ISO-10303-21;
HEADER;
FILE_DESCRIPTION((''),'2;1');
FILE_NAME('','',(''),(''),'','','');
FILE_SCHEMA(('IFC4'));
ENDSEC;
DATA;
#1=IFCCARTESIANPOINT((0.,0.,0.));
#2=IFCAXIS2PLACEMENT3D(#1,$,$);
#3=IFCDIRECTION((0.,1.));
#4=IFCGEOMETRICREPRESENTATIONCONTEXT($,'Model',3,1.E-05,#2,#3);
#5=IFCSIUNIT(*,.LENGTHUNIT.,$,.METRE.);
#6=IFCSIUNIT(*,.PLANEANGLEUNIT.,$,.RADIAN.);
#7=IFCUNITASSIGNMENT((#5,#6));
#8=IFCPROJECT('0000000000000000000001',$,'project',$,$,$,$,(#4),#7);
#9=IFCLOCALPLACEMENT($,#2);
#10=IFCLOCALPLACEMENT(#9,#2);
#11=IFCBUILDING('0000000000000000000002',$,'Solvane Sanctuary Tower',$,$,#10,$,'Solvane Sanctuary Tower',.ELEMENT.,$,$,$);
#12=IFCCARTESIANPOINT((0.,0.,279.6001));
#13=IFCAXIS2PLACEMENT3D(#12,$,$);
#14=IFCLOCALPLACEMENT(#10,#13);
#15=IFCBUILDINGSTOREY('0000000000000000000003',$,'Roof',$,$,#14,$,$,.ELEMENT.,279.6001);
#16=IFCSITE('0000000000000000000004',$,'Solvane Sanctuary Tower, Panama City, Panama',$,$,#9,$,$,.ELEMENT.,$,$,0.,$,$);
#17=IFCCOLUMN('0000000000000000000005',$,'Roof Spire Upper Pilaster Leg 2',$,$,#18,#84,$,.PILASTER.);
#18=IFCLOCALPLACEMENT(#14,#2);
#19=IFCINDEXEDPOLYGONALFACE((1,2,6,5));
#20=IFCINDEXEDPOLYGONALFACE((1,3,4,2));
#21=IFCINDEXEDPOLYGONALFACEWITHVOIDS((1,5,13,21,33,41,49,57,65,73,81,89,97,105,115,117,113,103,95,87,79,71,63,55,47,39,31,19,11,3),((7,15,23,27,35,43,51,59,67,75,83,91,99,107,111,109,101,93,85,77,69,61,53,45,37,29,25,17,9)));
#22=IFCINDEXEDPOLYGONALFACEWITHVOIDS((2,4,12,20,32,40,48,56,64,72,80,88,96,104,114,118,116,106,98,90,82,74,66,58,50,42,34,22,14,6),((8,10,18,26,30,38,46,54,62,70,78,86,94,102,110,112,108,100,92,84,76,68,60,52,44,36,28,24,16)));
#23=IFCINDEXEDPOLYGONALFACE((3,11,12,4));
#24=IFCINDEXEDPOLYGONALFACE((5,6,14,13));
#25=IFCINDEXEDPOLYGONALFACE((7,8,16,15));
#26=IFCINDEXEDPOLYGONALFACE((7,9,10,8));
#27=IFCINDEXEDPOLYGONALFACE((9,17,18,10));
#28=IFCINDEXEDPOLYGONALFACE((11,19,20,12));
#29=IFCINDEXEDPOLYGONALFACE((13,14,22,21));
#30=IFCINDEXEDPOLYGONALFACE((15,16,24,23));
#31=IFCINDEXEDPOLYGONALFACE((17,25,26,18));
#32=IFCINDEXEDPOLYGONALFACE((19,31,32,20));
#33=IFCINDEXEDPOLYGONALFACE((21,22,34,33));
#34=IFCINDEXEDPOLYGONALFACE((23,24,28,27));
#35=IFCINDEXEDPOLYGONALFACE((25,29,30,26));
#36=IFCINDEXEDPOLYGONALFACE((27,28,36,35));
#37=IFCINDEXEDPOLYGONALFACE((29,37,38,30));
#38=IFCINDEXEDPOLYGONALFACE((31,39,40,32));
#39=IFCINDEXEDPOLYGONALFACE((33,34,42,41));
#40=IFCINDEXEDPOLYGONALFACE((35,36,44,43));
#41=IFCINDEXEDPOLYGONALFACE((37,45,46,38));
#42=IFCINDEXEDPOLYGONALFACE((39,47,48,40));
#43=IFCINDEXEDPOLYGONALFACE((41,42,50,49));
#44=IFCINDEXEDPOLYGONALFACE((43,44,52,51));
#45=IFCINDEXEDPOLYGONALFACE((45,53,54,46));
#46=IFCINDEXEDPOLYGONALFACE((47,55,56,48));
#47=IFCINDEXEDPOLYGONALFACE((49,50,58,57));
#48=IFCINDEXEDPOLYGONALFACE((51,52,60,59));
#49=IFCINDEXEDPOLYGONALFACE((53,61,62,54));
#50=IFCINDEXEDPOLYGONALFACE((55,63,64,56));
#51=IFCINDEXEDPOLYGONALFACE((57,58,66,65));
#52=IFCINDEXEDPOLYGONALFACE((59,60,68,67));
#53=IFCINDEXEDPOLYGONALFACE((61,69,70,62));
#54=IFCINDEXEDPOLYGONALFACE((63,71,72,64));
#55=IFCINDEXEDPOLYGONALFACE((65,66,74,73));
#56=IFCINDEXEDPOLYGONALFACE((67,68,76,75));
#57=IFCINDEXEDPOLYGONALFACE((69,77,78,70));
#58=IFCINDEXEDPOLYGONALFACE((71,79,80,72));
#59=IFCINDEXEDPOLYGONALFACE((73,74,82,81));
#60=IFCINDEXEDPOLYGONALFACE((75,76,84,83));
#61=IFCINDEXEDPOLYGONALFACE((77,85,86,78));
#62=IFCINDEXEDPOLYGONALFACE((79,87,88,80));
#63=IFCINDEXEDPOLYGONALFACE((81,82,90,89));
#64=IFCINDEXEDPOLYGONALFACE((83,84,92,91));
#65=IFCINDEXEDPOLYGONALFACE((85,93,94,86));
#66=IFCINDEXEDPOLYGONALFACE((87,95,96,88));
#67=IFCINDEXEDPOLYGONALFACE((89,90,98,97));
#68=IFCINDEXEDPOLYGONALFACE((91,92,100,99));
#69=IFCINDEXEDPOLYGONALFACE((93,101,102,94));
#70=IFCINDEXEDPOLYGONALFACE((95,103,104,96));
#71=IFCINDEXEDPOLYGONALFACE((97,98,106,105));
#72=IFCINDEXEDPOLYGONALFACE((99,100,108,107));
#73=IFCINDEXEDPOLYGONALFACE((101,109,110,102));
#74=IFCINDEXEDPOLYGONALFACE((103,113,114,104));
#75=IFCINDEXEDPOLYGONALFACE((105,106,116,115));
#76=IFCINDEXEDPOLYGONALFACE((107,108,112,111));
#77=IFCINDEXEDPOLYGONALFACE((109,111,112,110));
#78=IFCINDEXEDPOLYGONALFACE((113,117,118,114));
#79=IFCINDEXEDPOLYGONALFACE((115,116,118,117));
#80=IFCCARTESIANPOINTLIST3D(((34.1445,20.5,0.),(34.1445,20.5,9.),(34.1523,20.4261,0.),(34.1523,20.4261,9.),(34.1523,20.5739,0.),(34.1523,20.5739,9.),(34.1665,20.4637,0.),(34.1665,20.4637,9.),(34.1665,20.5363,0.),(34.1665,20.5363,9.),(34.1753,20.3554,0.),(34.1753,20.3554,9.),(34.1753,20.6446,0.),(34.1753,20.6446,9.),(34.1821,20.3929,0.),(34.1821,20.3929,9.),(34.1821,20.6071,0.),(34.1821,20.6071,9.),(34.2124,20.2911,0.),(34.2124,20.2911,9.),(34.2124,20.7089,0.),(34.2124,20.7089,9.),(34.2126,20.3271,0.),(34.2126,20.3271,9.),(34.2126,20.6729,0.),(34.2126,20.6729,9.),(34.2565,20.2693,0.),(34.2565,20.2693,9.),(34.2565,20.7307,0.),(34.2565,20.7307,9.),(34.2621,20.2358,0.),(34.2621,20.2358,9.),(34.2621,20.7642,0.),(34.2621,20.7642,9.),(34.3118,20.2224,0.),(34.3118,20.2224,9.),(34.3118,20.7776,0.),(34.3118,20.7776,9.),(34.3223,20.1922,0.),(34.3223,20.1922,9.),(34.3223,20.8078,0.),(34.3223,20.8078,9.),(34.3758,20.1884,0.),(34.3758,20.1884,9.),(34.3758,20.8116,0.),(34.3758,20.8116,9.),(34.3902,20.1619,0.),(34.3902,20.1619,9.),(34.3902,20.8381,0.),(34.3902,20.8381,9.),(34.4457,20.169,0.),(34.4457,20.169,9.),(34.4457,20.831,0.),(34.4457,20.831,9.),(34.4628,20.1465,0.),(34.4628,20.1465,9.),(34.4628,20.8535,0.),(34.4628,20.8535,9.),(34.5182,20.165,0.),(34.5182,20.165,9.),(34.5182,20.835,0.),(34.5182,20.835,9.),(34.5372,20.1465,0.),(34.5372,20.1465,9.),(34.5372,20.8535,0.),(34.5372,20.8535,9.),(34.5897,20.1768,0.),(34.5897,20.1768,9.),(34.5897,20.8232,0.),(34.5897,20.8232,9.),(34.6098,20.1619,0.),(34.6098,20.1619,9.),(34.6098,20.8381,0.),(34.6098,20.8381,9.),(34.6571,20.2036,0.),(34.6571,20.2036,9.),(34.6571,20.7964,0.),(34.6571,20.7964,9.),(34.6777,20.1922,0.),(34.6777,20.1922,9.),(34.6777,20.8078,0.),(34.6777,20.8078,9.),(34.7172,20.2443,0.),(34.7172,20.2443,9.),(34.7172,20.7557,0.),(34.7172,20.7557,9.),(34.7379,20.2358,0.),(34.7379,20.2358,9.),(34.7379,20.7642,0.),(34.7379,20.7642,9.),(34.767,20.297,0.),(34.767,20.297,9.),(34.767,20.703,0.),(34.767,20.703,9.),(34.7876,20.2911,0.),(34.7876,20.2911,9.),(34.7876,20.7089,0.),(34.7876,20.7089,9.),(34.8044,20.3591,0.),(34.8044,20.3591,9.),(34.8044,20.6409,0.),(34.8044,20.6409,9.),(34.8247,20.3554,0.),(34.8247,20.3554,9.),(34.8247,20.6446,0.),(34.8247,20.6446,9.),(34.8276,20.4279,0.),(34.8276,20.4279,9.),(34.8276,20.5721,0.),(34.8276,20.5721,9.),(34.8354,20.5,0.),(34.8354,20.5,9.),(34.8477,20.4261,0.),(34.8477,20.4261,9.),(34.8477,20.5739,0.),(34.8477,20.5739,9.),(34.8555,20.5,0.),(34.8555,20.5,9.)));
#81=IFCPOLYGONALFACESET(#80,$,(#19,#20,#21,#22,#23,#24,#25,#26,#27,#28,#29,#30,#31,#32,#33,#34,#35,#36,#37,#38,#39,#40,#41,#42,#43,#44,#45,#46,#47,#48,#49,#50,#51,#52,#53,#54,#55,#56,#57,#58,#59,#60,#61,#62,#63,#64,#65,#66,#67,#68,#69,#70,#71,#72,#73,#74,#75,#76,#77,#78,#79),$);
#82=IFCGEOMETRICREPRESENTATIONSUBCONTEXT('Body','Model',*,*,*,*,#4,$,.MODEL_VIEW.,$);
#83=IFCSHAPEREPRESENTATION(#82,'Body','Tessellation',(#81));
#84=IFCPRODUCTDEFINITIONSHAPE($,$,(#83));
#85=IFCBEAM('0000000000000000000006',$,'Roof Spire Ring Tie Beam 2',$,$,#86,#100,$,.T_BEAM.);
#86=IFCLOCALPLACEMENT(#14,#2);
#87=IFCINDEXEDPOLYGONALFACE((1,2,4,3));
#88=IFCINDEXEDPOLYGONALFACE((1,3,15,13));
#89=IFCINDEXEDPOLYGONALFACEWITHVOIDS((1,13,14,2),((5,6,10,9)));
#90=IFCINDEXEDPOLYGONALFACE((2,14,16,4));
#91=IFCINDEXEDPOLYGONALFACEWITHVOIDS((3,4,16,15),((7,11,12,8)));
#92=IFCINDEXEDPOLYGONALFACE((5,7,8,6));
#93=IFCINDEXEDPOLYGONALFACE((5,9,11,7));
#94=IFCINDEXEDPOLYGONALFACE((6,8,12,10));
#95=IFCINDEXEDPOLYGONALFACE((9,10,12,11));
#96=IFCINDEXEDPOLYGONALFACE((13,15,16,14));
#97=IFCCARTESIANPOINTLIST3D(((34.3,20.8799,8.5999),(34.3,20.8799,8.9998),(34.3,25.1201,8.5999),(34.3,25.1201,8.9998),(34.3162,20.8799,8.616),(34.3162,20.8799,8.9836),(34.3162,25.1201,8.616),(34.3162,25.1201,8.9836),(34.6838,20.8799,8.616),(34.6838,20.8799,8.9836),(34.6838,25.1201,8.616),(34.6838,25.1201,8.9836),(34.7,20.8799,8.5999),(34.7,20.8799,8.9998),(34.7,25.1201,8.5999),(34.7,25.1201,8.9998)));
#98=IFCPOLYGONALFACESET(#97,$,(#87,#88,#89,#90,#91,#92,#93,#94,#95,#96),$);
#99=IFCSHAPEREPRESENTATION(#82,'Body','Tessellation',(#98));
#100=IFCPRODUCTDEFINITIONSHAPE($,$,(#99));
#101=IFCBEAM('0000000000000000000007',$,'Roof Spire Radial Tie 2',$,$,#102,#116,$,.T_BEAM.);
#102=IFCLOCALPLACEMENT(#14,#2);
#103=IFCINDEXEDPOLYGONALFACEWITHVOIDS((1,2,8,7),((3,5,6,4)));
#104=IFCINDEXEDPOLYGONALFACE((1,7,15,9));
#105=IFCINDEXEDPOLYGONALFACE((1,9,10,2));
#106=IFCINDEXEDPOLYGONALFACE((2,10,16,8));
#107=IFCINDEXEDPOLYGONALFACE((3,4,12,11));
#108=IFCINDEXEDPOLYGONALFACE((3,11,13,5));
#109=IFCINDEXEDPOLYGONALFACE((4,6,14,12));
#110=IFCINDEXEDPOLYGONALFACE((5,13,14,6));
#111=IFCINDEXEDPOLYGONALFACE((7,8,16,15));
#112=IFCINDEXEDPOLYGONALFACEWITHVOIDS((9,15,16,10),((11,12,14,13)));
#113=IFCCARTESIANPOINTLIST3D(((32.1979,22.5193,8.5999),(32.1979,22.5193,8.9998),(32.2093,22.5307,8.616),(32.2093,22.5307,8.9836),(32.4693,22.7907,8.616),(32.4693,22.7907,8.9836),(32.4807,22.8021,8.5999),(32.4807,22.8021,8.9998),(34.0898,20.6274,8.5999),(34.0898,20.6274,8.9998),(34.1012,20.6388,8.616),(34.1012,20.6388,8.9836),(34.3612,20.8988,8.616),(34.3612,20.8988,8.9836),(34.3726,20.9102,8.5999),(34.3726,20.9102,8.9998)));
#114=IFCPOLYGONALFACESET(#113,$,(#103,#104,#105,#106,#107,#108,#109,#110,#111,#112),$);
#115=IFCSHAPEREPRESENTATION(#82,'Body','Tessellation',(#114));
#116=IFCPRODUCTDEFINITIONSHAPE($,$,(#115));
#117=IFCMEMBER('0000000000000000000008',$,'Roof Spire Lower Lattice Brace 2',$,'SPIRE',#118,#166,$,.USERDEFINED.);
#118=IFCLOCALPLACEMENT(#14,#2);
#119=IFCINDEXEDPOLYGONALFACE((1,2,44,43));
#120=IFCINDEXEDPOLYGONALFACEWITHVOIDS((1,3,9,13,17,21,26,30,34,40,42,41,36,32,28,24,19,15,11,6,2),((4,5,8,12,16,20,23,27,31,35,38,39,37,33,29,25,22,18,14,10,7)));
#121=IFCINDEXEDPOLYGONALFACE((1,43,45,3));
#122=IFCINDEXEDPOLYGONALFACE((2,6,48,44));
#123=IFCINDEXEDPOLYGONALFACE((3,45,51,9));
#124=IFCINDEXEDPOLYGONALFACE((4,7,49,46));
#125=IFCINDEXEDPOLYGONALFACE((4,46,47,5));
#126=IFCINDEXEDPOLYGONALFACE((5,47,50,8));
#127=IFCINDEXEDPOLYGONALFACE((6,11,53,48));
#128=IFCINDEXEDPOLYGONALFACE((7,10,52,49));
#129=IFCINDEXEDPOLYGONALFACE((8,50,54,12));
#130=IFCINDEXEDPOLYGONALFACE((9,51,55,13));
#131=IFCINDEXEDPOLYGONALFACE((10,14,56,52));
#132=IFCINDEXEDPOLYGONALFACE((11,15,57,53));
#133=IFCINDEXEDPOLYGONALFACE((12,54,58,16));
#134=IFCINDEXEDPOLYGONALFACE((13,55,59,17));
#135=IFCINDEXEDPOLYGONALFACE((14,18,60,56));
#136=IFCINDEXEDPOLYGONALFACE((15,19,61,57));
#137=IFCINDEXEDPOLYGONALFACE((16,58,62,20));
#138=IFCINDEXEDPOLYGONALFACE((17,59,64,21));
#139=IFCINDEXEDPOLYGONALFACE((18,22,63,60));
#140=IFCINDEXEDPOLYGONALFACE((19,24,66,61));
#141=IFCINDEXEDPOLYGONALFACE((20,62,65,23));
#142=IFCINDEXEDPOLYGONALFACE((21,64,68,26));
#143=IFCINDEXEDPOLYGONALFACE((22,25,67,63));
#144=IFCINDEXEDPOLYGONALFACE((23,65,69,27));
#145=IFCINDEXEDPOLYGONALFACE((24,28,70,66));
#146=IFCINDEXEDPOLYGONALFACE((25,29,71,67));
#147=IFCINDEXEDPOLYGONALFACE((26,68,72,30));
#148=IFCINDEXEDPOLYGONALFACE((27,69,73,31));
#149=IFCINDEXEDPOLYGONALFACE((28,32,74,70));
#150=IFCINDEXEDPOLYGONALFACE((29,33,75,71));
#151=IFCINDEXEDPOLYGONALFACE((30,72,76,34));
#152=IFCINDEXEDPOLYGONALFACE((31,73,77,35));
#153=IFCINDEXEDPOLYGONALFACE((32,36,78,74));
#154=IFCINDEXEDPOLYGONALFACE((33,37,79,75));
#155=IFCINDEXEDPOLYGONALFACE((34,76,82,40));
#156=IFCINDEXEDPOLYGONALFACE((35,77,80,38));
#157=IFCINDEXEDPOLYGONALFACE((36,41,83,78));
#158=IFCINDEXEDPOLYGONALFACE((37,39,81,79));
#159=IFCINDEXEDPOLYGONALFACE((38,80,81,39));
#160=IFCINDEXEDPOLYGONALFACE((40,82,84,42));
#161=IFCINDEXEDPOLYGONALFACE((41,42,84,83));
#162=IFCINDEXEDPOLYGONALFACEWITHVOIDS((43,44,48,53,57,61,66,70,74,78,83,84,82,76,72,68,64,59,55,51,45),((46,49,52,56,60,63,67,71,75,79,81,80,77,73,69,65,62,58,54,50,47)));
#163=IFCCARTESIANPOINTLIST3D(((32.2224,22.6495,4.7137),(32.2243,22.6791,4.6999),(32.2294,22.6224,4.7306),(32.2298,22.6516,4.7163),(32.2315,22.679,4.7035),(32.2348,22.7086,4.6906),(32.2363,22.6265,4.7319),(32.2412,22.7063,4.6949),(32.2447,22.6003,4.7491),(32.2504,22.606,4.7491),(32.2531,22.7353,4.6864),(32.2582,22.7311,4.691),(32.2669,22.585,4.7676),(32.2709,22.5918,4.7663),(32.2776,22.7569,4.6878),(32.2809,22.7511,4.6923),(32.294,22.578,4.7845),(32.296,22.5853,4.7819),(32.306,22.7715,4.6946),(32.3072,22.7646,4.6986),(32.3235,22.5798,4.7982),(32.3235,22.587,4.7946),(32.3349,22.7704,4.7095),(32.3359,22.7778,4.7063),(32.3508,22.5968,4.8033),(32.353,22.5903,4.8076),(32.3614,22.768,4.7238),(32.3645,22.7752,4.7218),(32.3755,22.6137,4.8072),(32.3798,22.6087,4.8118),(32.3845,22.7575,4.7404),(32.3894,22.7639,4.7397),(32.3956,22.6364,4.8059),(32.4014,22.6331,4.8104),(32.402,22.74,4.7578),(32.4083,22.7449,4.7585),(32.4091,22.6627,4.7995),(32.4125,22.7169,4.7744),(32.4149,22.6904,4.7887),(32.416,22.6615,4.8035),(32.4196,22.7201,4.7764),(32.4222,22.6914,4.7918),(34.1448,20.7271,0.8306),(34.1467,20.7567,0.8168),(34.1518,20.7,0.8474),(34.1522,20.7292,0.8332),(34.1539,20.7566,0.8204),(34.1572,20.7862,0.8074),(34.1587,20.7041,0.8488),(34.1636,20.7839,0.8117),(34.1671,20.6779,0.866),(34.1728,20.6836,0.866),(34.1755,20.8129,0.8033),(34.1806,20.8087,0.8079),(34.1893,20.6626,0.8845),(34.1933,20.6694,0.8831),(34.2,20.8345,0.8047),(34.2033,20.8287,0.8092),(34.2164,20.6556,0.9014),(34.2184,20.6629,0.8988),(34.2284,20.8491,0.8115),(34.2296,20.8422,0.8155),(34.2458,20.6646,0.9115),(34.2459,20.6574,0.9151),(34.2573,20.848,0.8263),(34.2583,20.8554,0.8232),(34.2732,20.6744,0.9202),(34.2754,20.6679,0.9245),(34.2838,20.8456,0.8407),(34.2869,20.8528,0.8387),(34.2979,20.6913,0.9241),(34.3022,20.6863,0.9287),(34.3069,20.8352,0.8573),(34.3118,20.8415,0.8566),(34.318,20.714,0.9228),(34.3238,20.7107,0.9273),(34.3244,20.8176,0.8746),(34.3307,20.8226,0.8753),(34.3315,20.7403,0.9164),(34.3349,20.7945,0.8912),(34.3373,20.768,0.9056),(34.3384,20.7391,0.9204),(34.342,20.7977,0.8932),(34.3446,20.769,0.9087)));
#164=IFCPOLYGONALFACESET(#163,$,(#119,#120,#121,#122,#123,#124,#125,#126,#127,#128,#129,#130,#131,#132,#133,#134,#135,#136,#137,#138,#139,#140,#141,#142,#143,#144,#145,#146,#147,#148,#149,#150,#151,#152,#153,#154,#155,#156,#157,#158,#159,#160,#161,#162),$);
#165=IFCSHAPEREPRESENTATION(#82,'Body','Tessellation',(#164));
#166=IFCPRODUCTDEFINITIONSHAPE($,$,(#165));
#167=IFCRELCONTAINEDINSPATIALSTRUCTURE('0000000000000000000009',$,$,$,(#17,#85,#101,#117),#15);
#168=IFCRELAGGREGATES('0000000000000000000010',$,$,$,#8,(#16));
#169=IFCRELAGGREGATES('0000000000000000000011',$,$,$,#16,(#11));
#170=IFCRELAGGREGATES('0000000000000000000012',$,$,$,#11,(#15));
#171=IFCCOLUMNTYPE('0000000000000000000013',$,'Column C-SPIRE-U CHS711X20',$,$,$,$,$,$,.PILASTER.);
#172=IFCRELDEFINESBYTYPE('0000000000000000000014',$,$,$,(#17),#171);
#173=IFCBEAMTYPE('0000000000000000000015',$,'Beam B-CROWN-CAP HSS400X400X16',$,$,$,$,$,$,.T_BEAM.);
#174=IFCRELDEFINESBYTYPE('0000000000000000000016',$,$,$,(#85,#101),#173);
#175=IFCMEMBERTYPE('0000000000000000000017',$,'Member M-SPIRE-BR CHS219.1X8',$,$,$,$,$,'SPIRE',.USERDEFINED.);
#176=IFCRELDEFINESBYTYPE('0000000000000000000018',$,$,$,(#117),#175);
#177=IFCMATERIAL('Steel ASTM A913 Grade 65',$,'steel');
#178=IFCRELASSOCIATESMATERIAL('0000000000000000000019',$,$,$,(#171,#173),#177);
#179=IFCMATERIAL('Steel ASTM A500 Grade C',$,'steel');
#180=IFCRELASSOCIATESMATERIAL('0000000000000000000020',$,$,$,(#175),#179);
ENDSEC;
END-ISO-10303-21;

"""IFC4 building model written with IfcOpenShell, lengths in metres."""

from ifc_helpers import new_model, si_unit, direction, frame, origin, origin_2d, place, context, subcontext, project, spatial, hollow_rectangle, hollow_circle, extrude, material, material_profile, profile_set, type_object, element, save


model = new_model("IFC4")

# Units and contexts
model_context = context("Model", 3, precision=1e-05, world=origin(), true_north=direction((0.0, 1.0)))
body_context = subcontext(model_context, "Body", "Model", "MODEL_VIEW")
ifc_project = project(units=[si_unit("LENGTHUNIT", "METRE"), si_unit("PLANEANGLEUNIT", "RADIAN")], contexts=[model_context])

# Site, building, storey
site_placement = place(None, origin())
site = spatial("IfcSite", under=ifc_project, at=site_placement, Name="Solvane Sanctuary Tower, Panama City, Panama", CompositionType="ELEMENT", RefElevation=0.0)
building_placement = place(site_placement, origin())
building = spatial("IfcBuilding", under=site, at=building_placement, Name="Solvane Sanctuary Tower", LongName="Solvane Sanctuary Tower", CompositionType="ELEMENT")
storey_placement = place(building_placement, frame((0.0, 0.0, 279.6001)))
storey = spatial("IfcBuildingStorey", under=building, at=storey_placement, Name="Roof", CompositionType="ELEMENT", Elevation=279.6001)

# Column
ifc_material_1 = material(Name="Steel ASTM A913 Grade 65", Category="steel")
ifc_material_profile_1 = material_profile(ifc_material_1, hollow_circle(Radius=0.3555, WallThickness=0.02, at=origin_2d()), Name="CHS711X20")
ifc_profile_set_1 = profile_set([ifc_material_profile_1], Name="Steel ASTM A913 Grade 65")
column_type = type_object("IfcColumnType", Name="Column C-SPIRE-U CHS711X20", PredefinedType="PILASTER", material=ifc_profile_set_1)
column_placement = place(storey_placement, frame((34.5, 20.5, 0.0), z_axis=(0.0, 0.0, 1.0), x_axis=(1.0, 0.0, 0.0)))
element("IfcColumn", 1, at=column_placement, inside=storey, type_object=column_type, Name="Roof Spire Upper Pilaster Leg 2", PredefinedType="PILASTER", context=body_context, shape_type="SweptSolid", body=[
    extrude(hollow_circle(Radius=0.3555, WallThickness=0.02, at=origin_2d()), origin(), (0.0, 0.0, 1.0), 9.0),
])

# Beams
ifc_material_profile_2 = material_profile(ifc_material_1, hollow_rectangle(XDim=0.3999, YDim=0.3999, WallThickness=0.0161, at=origin_2d()), Name="HSS400X400X16")
ifc_profile_set_2 = profile_set([ifc_material_profile_2], Name="Steel ASTM A913 Grade 65")
beam_type = type_object("IfcBeamType", Name="Beam B-CROWN-CAP HSS400X400X16", PredefinedType="T_BEAM", material=ifc_profile_set_2)
beam_1_placement = place(storey_placement, frame((34.5, 20.8799, 8.7998), z_axis=(0.0, 1.0, 0.0), x_axis=(-1.0, 0.0, 0.0)))
element("IfcBeam", 2, at=beam_1_placement, inside=storey, type_object=beam_type, Name="Roof Spire Ring Tie Beam 2", PredefinedType="T_BEAM", context=body_context, shape_type="SweptSolid", body=[
    extrude(hollow_rectangle(XDim=0.3999, YDim=0.3999, WallThickness=0.0161, at=origin_2d()), origin(), (0.0, 0.0, 1.0), 4.2402),
])
beam_2_placement = place(storey_placement, frame((34.2312, 20.7688, 8.7998), z_axis=(-0.707107, 0.707107, 0.0), x_axis=(-0.707107, -0.707107, 0.0)))
element("IfcBeam", 3, at=beam_2_placement, inside=storey, type_object=beam_type, Name="Roof Spire Radial Tie 2", PredefinedType="T_BEAM", context=body_context, shape_type="SweptSolid", body=[
    extrude(hollow_rectangle(XDim=0.3999, YDim=0.3999, WallThickness=0.0161, at=origin_2d()), origin(), (0.0, 0.0, 1.0), 2.6755),
])

# Member
ifc_material_2 = material(Name="Steel ASTM A500 Grade C", Category="steel")
ifc_material_profile_3 = material_profile(ifc_material_2, hollow_circle(Radius=0.1096, WallThickness=0.0081, at=origin_2d()), Name="CHS219.1X8")
ifc_profile_set_3 = profile_set([ifc_material_profile_3], Name="Steel ASTM A500 Grade C")
member_type_1 = type_object("IfcMemberType", Name="Member M-SPIRE-BR CHS219.1X8", ElementType="SPIRE", PredefinedType="USERDEFINED", material=ifc_profile_set_3)
member_1_placement = place(storey_placement, frame((34.2446, 20.7554, 0.866), z_axis=(-0.405548, 0.405548, 0.819183), x_axis=(-0.707107, -0.707107, 0.0)))
element("IfcMember", 4, at=member_1_placement, inside=storey, type_object=member_type_1, Name="Roof Spire Lower Lattice Brace 2", ObjectType="SPIRE", PredefinedType="USERDEFINED", context=body_context, shape_type="SweptSolid", body=[
    extrude(hollow_circle(Radius=0.1096, WallThickness=0.0081, at=origin_2d()), origin(), (0.0, 0.0, 1.0), 4.7402),
])

save(model, "model.ifc")
